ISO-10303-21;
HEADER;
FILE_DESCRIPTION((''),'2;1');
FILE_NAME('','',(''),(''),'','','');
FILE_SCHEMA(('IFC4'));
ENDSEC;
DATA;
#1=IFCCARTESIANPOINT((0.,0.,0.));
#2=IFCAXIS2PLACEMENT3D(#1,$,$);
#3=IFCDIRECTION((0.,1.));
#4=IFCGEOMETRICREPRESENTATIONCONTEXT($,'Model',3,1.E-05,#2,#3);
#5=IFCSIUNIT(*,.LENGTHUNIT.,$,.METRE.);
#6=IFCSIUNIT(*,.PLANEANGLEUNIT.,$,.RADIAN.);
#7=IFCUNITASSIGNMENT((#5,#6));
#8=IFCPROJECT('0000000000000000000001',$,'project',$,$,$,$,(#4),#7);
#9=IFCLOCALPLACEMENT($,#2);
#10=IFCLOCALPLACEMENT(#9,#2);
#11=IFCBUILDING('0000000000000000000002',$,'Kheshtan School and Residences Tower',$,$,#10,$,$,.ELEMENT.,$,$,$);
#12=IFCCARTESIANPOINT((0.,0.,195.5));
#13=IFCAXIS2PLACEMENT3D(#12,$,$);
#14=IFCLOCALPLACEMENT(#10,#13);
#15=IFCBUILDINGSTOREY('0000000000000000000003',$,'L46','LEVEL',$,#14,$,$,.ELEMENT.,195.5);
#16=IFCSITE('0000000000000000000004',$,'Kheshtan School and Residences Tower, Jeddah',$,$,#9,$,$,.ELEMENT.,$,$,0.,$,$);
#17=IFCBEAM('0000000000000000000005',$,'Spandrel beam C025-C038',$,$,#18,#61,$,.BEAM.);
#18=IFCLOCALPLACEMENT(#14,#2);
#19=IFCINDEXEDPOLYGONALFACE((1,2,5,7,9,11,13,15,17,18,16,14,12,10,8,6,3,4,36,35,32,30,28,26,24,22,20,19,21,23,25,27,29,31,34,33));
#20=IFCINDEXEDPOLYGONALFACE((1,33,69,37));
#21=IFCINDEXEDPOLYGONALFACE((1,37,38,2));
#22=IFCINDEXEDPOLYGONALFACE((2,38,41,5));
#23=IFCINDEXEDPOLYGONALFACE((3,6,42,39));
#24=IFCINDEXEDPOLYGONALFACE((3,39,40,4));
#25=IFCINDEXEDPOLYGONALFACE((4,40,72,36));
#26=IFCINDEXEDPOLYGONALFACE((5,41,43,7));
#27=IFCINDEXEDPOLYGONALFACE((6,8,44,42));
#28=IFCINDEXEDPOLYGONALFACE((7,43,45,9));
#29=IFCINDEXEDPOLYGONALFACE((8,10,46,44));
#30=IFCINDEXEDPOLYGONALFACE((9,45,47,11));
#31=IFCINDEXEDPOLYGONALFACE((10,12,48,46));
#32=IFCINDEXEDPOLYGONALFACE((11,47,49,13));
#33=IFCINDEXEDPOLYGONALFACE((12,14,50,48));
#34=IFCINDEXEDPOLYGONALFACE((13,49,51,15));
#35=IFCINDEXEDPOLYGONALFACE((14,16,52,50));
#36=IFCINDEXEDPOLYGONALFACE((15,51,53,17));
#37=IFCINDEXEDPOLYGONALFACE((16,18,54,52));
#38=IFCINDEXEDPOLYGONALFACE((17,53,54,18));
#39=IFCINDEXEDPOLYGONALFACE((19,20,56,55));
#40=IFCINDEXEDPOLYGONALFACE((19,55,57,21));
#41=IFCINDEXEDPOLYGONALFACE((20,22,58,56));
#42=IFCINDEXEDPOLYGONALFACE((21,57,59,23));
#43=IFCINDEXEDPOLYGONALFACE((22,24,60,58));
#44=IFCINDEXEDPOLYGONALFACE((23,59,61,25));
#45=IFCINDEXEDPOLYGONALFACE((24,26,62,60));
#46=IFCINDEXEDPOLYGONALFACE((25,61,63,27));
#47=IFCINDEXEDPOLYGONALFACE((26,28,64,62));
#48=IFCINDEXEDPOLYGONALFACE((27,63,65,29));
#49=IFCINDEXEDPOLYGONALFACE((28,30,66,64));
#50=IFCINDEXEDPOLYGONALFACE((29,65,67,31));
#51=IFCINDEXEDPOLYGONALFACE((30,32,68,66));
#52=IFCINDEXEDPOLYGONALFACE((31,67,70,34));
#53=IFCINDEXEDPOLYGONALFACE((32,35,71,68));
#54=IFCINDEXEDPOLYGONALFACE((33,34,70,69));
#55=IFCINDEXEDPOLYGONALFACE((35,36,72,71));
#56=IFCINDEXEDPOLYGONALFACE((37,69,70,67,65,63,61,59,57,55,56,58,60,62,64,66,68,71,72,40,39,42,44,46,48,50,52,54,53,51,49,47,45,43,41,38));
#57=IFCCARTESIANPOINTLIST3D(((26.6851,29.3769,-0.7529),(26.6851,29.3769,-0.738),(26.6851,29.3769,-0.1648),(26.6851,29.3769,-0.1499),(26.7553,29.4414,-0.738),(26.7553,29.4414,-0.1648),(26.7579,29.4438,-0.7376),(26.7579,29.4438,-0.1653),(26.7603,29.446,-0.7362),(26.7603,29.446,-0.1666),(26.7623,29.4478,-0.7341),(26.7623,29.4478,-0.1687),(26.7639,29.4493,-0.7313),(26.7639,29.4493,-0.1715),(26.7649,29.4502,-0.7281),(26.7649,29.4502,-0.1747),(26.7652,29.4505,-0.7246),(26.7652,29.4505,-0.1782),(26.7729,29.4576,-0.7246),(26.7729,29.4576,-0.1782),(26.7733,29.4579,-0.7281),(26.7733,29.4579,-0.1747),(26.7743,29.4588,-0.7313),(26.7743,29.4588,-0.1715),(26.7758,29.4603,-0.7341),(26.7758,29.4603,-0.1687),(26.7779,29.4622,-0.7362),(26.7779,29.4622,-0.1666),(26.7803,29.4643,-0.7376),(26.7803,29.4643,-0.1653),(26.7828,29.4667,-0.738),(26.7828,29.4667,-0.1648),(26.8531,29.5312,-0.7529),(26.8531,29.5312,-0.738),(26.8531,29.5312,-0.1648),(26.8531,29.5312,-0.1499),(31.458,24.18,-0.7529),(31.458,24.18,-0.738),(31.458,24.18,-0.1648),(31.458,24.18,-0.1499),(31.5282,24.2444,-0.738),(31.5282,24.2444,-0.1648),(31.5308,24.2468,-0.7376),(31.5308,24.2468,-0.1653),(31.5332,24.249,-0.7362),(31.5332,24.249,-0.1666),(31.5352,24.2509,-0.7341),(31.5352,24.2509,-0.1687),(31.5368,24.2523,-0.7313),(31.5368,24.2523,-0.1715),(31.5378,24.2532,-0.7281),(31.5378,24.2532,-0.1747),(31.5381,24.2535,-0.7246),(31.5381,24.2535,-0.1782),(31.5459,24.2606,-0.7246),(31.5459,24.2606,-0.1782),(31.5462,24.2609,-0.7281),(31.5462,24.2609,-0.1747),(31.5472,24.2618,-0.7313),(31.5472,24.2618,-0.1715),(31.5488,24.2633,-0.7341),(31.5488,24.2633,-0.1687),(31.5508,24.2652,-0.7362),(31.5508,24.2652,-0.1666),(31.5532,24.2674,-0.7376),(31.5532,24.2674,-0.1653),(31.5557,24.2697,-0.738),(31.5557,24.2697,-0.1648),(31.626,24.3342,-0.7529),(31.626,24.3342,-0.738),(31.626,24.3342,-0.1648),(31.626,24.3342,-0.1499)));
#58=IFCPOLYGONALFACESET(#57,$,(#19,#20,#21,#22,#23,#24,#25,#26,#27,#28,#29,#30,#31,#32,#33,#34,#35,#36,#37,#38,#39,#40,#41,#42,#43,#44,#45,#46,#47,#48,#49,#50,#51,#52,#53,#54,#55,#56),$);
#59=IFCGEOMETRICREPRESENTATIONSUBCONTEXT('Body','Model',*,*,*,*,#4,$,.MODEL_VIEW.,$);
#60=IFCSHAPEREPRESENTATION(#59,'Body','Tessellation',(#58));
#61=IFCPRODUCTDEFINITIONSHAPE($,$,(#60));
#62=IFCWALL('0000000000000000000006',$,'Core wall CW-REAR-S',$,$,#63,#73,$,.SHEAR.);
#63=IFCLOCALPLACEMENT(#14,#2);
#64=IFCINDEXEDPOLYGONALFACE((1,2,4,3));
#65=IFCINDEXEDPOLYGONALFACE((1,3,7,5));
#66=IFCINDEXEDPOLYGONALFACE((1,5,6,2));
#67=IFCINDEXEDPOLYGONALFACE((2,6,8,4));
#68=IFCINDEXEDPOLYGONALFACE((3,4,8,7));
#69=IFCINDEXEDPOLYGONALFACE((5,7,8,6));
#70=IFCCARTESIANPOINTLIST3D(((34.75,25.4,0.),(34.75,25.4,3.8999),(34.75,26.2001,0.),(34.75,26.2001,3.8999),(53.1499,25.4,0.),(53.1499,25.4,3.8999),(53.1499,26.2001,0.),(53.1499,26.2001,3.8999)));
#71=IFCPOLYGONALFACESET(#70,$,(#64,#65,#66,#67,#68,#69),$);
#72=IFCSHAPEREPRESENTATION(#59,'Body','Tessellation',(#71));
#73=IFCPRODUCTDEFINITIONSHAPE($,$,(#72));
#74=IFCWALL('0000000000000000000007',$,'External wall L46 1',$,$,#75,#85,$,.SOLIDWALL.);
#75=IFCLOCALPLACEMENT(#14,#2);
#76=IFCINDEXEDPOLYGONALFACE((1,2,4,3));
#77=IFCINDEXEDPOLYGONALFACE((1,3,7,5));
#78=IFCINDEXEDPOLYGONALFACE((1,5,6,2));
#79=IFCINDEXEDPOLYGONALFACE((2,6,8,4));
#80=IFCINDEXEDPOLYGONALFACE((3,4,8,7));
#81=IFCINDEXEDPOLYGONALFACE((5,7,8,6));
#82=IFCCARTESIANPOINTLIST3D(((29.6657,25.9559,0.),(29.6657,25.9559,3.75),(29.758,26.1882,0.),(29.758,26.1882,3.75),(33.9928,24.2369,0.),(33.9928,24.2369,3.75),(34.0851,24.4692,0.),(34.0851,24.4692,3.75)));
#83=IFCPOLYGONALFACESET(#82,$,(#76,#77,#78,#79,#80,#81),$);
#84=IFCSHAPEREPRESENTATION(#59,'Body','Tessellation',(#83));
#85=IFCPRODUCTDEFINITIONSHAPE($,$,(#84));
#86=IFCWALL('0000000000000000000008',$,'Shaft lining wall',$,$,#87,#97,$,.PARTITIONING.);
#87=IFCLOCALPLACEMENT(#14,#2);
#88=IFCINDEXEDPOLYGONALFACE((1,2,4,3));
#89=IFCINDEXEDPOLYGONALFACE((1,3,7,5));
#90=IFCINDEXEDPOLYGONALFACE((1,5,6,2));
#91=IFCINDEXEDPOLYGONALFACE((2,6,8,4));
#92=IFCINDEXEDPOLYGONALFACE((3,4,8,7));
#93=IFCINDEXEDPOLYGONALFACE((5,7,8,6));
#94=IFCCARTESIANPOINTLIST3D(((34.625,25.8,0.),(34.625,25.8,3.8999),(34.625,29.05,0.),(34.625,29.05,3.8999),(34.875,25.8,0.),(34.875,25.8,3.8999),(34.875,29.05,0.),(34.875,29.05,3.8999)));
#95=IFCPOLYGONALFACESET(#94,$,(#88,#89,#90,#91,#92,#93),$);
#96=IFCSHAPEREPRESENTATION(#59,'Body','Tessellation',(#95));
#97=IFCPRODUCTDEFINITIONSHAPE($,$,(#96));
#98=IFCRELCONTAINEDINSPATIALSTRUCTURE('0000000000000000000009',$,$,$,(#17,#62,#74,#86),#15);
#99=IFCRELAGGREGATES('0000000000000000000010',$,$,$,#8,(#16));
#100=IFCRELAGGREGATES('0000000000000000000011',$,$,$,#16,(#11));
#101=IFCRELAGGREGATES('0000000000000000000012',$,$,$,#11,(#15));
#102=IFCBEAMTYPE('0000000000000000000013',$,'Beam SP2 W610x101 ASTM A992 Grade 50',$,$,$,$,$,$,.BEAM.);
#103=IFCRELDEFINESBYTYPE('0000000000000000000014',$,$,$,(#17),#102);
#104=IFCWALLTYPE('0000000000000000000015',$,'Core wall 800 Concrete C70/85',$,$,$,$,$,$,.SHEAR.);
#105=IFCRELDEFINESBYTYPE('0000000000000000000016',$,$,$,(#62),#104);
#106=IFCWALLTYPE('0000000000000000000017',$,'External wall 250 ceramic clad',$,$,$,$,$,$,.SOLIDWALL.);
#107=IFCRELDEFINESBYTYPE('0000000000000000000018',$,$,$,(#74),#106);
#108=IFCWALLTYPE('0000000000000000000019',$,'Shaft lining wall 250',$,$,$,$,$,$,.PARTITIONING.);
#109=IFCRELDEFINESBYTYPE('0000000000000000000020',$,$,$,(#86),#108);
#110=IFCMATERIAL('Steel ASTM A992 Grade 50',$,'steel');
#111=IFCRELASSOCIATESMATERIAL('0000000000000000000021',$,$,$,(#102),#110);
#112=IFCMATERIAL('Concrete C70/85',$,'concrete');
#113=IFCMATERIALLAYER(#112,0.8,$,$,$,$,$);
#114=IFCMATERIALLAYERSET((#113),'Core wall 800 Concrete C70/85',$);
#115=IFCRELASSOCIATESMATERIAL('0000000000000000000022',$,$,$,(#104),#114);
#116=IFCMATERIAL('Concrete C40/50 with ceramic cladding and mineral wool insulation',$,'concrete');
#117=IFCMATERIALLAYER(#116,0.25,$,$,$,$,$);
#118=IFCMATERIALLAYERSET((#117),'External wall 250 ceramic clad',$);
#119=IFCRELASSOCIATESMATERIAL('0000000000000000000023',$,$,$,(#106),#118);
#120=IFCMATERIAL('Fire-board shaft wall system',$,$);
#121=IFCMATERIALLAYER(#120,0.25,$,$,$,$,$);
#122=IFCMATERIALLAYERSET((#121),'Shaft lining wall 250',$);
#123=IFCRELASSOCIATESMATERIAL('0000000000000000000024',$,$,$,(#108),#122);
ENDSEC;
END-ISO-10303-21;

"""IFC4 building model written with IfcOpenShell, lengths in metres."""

from ifc_helpers import new_model, si_unit, direction, frame, frame_2d, origin, origin_2d, place, context, subcontext, project, spatial, rectangle, i_section, extrude, material, layer, layer_set, material_profile, profile_set, type_object, element, save


model = new_model("IFC4")

# Units and contexts
model_context = context("Model", 3, precision=1e-05, world=origin(), true_north=direction((0.0, 1.0)))
body_context = subcontext(model_context, "Body", "Model", "MODEL_VIEW")
ifc_project = project(units=[si_unit("LENGTHUNIT", "METRE"), si_unit("PLANEANGLEUNIT", "RADIAN")], contexts=[model_context])

# Site, building, storey
site_placement = place(None, origin())
site = spatial("IfcSite", under=ifc_project, at=site_placement, Name="Kheshtan School and Residences Tower, Jeddah", CompositionType="ELEMENT", RefElevation=0.0)
building_placement = place(site_placement, origin())
building = spatial("IfcBuilding", under=site, at=building_placement, Name="Kheshtan School and Residences Tower", CompositionType="ELEMENT")
storey_placement = place(building_placement, frame((0.0, 0.0, 195.5)))
storey = spatial("IfcBuildingStorey", under=building, at=storey_placement, Name="L46", Description="LEVEL", CompositionType="ELEMENT", Elevation=195.5)

# Shared definitions
ifc_material_1 = material(Name="Steel ASTM A992 Grade 50", Category="steel")

# Beam
ifc_material_profile_1 = material_profile(ifc_material_1, i_section(OverallWidth=0.228, OverallDepth=0.603, WebThickness=0.0105, FlangeThickness=0.0149, FilletRadius=0.0134, at=origin_2d()), Name="W610x101")
ifc_profile_set_1 = profile_set([ifc_material_profile_1], Name="Steel ASTM A992 Grade 50")
beam_type_1 = type_object("IfcBeamType", Name="Beam SP2 W610x101 ASTM A992 Grade 50", PredefinedType="BEAM", material=ifc_profile_set_1)
beam_1_placement = place(storey_placement, frame((31.542, 24.2571, -0.4514), z_axis=(-0.676418, 0.736518, 0.0), x_axis=(-0.736518, -0.676418, 0.0)))
element("IfcBeam", 1, at=beam_1_placement, inside=storey, type_object=beam_type_1, Name="Spandrel beam C025-C038", PredefinedType="BEAM", context=body_context, shape_type="SweptSolid", body=[
    extrude(i_section(OverallWidth=0.228, OverallDepth=0.603, WebThickness=0.0105, FlangeThickness=0.0149, FilletRadius=0.0134, at=origin_2d()), origin(), (0.0, 0.0, 1.0), 7.0562),
])

# Walls
ifc_material_2 = material(Name="Concrete C70/85", Category="concrete")
ifc_layer_1 = layer(ifc_material_2, 0.8)
ifc_layer_set_1 = layer_set([ifc_layer_1], Name="Core wall 800 Concrete C70/85")
wall_type_1 = type_object("IfcWallType", Name="Core wall 800 Concrete C70/85", PredefinedType="SHEAR", material=ifc_layer_set_1)
wall_1_placement = place(storey_placement, frame((34.75, 25.8, 0.0), z_axis=(0.0, 0.0, 1.0), x_axis=(1.0, 0.0, 0.0)))
element("IfcWall", 2, at=wall_1_placement, inside=storey, type_object=wall_type_1, Name="Core wall CW-REAR-S", PredefinedType="SHEAR", context=body_context, shape_type="SweptSolid", body=[
    extrude(rectangle(XDim=18.3999, YDim=0.8, at=frame_2d((9.2, 0.0))), origin(), (0.0, 0.0, 1.0), 3.8999),
])
ifc_material_3 = material(Name="Concrete C40/50 with ceramic cladding and mineral wool insulation", Category="concrete")
ifc_layer_2 = layer(ifc_material_3, 0.25)
ifc_layer_set_2 = layer_set([ifc_layer_2], Name="External wall 250 ceramic clad")
wall_type_2 = type_object("IfcWallType", Name="External wall 250 ceramic clad", PredefinedType="SOLIDWALL", material=ifc_layer_set_2)
wall_2_placement = place(storey_placement, frame((34.0391, 24.353, 0.0), z_axis=(0.0, 0.0, 1.0), x_axis=(-0.929353, 0.369193, 0.0)))
element("IfcWall", 3, at=wall_2_placement, inside=storey, type_object=wall_type_2, Name="External wall L46 1", PredefinedType="SOLIDWALL", context=body_context, shape_type="SweptSolid", body=[
    extrude(rectangle(XDim=4.656, YDim=0.25, at=frame_2d((2.3281, 0.0))), origin(), (0.0, 0.0, 1.0), 3.75),
])
ifc_material_4 = material(Name="Fire-board shaft wall system")
ifc_layer_3 = layer(ifc_material_4, 0.25)
ifc_layer_set_3 = layer_set([ifc_layer_3], Name="Shaft lining wall 250")
wall_type_3 = type_object("IfcWallType", Name="Shaft lining wall 250", PredefinedType="PARTITIONING", material=ifc_layer_set_3)
wall_3_placement = place(storey_placement, frame((34.75, 25.8, 0.0), z_axis=(0.0, 0.0, 1.0), x_axis=(0.0, 1.0, 0.0)))
element("IfcWall", 4, at=wall_3_placement, inside=storey, type_object=wall_type_3, Name="Shaft lining wall", PredefinedType="PARTITIONING", context=body_context, shape_type="SweptSolid", body=[
    extrude(rectangle(XDim=3.25, YDim=0.25, at=frame_2d((1.625, 0.0))), origin(), (0.0, 0.0, 1.0), 3.8999),
])

save(model, "model.ifc")
